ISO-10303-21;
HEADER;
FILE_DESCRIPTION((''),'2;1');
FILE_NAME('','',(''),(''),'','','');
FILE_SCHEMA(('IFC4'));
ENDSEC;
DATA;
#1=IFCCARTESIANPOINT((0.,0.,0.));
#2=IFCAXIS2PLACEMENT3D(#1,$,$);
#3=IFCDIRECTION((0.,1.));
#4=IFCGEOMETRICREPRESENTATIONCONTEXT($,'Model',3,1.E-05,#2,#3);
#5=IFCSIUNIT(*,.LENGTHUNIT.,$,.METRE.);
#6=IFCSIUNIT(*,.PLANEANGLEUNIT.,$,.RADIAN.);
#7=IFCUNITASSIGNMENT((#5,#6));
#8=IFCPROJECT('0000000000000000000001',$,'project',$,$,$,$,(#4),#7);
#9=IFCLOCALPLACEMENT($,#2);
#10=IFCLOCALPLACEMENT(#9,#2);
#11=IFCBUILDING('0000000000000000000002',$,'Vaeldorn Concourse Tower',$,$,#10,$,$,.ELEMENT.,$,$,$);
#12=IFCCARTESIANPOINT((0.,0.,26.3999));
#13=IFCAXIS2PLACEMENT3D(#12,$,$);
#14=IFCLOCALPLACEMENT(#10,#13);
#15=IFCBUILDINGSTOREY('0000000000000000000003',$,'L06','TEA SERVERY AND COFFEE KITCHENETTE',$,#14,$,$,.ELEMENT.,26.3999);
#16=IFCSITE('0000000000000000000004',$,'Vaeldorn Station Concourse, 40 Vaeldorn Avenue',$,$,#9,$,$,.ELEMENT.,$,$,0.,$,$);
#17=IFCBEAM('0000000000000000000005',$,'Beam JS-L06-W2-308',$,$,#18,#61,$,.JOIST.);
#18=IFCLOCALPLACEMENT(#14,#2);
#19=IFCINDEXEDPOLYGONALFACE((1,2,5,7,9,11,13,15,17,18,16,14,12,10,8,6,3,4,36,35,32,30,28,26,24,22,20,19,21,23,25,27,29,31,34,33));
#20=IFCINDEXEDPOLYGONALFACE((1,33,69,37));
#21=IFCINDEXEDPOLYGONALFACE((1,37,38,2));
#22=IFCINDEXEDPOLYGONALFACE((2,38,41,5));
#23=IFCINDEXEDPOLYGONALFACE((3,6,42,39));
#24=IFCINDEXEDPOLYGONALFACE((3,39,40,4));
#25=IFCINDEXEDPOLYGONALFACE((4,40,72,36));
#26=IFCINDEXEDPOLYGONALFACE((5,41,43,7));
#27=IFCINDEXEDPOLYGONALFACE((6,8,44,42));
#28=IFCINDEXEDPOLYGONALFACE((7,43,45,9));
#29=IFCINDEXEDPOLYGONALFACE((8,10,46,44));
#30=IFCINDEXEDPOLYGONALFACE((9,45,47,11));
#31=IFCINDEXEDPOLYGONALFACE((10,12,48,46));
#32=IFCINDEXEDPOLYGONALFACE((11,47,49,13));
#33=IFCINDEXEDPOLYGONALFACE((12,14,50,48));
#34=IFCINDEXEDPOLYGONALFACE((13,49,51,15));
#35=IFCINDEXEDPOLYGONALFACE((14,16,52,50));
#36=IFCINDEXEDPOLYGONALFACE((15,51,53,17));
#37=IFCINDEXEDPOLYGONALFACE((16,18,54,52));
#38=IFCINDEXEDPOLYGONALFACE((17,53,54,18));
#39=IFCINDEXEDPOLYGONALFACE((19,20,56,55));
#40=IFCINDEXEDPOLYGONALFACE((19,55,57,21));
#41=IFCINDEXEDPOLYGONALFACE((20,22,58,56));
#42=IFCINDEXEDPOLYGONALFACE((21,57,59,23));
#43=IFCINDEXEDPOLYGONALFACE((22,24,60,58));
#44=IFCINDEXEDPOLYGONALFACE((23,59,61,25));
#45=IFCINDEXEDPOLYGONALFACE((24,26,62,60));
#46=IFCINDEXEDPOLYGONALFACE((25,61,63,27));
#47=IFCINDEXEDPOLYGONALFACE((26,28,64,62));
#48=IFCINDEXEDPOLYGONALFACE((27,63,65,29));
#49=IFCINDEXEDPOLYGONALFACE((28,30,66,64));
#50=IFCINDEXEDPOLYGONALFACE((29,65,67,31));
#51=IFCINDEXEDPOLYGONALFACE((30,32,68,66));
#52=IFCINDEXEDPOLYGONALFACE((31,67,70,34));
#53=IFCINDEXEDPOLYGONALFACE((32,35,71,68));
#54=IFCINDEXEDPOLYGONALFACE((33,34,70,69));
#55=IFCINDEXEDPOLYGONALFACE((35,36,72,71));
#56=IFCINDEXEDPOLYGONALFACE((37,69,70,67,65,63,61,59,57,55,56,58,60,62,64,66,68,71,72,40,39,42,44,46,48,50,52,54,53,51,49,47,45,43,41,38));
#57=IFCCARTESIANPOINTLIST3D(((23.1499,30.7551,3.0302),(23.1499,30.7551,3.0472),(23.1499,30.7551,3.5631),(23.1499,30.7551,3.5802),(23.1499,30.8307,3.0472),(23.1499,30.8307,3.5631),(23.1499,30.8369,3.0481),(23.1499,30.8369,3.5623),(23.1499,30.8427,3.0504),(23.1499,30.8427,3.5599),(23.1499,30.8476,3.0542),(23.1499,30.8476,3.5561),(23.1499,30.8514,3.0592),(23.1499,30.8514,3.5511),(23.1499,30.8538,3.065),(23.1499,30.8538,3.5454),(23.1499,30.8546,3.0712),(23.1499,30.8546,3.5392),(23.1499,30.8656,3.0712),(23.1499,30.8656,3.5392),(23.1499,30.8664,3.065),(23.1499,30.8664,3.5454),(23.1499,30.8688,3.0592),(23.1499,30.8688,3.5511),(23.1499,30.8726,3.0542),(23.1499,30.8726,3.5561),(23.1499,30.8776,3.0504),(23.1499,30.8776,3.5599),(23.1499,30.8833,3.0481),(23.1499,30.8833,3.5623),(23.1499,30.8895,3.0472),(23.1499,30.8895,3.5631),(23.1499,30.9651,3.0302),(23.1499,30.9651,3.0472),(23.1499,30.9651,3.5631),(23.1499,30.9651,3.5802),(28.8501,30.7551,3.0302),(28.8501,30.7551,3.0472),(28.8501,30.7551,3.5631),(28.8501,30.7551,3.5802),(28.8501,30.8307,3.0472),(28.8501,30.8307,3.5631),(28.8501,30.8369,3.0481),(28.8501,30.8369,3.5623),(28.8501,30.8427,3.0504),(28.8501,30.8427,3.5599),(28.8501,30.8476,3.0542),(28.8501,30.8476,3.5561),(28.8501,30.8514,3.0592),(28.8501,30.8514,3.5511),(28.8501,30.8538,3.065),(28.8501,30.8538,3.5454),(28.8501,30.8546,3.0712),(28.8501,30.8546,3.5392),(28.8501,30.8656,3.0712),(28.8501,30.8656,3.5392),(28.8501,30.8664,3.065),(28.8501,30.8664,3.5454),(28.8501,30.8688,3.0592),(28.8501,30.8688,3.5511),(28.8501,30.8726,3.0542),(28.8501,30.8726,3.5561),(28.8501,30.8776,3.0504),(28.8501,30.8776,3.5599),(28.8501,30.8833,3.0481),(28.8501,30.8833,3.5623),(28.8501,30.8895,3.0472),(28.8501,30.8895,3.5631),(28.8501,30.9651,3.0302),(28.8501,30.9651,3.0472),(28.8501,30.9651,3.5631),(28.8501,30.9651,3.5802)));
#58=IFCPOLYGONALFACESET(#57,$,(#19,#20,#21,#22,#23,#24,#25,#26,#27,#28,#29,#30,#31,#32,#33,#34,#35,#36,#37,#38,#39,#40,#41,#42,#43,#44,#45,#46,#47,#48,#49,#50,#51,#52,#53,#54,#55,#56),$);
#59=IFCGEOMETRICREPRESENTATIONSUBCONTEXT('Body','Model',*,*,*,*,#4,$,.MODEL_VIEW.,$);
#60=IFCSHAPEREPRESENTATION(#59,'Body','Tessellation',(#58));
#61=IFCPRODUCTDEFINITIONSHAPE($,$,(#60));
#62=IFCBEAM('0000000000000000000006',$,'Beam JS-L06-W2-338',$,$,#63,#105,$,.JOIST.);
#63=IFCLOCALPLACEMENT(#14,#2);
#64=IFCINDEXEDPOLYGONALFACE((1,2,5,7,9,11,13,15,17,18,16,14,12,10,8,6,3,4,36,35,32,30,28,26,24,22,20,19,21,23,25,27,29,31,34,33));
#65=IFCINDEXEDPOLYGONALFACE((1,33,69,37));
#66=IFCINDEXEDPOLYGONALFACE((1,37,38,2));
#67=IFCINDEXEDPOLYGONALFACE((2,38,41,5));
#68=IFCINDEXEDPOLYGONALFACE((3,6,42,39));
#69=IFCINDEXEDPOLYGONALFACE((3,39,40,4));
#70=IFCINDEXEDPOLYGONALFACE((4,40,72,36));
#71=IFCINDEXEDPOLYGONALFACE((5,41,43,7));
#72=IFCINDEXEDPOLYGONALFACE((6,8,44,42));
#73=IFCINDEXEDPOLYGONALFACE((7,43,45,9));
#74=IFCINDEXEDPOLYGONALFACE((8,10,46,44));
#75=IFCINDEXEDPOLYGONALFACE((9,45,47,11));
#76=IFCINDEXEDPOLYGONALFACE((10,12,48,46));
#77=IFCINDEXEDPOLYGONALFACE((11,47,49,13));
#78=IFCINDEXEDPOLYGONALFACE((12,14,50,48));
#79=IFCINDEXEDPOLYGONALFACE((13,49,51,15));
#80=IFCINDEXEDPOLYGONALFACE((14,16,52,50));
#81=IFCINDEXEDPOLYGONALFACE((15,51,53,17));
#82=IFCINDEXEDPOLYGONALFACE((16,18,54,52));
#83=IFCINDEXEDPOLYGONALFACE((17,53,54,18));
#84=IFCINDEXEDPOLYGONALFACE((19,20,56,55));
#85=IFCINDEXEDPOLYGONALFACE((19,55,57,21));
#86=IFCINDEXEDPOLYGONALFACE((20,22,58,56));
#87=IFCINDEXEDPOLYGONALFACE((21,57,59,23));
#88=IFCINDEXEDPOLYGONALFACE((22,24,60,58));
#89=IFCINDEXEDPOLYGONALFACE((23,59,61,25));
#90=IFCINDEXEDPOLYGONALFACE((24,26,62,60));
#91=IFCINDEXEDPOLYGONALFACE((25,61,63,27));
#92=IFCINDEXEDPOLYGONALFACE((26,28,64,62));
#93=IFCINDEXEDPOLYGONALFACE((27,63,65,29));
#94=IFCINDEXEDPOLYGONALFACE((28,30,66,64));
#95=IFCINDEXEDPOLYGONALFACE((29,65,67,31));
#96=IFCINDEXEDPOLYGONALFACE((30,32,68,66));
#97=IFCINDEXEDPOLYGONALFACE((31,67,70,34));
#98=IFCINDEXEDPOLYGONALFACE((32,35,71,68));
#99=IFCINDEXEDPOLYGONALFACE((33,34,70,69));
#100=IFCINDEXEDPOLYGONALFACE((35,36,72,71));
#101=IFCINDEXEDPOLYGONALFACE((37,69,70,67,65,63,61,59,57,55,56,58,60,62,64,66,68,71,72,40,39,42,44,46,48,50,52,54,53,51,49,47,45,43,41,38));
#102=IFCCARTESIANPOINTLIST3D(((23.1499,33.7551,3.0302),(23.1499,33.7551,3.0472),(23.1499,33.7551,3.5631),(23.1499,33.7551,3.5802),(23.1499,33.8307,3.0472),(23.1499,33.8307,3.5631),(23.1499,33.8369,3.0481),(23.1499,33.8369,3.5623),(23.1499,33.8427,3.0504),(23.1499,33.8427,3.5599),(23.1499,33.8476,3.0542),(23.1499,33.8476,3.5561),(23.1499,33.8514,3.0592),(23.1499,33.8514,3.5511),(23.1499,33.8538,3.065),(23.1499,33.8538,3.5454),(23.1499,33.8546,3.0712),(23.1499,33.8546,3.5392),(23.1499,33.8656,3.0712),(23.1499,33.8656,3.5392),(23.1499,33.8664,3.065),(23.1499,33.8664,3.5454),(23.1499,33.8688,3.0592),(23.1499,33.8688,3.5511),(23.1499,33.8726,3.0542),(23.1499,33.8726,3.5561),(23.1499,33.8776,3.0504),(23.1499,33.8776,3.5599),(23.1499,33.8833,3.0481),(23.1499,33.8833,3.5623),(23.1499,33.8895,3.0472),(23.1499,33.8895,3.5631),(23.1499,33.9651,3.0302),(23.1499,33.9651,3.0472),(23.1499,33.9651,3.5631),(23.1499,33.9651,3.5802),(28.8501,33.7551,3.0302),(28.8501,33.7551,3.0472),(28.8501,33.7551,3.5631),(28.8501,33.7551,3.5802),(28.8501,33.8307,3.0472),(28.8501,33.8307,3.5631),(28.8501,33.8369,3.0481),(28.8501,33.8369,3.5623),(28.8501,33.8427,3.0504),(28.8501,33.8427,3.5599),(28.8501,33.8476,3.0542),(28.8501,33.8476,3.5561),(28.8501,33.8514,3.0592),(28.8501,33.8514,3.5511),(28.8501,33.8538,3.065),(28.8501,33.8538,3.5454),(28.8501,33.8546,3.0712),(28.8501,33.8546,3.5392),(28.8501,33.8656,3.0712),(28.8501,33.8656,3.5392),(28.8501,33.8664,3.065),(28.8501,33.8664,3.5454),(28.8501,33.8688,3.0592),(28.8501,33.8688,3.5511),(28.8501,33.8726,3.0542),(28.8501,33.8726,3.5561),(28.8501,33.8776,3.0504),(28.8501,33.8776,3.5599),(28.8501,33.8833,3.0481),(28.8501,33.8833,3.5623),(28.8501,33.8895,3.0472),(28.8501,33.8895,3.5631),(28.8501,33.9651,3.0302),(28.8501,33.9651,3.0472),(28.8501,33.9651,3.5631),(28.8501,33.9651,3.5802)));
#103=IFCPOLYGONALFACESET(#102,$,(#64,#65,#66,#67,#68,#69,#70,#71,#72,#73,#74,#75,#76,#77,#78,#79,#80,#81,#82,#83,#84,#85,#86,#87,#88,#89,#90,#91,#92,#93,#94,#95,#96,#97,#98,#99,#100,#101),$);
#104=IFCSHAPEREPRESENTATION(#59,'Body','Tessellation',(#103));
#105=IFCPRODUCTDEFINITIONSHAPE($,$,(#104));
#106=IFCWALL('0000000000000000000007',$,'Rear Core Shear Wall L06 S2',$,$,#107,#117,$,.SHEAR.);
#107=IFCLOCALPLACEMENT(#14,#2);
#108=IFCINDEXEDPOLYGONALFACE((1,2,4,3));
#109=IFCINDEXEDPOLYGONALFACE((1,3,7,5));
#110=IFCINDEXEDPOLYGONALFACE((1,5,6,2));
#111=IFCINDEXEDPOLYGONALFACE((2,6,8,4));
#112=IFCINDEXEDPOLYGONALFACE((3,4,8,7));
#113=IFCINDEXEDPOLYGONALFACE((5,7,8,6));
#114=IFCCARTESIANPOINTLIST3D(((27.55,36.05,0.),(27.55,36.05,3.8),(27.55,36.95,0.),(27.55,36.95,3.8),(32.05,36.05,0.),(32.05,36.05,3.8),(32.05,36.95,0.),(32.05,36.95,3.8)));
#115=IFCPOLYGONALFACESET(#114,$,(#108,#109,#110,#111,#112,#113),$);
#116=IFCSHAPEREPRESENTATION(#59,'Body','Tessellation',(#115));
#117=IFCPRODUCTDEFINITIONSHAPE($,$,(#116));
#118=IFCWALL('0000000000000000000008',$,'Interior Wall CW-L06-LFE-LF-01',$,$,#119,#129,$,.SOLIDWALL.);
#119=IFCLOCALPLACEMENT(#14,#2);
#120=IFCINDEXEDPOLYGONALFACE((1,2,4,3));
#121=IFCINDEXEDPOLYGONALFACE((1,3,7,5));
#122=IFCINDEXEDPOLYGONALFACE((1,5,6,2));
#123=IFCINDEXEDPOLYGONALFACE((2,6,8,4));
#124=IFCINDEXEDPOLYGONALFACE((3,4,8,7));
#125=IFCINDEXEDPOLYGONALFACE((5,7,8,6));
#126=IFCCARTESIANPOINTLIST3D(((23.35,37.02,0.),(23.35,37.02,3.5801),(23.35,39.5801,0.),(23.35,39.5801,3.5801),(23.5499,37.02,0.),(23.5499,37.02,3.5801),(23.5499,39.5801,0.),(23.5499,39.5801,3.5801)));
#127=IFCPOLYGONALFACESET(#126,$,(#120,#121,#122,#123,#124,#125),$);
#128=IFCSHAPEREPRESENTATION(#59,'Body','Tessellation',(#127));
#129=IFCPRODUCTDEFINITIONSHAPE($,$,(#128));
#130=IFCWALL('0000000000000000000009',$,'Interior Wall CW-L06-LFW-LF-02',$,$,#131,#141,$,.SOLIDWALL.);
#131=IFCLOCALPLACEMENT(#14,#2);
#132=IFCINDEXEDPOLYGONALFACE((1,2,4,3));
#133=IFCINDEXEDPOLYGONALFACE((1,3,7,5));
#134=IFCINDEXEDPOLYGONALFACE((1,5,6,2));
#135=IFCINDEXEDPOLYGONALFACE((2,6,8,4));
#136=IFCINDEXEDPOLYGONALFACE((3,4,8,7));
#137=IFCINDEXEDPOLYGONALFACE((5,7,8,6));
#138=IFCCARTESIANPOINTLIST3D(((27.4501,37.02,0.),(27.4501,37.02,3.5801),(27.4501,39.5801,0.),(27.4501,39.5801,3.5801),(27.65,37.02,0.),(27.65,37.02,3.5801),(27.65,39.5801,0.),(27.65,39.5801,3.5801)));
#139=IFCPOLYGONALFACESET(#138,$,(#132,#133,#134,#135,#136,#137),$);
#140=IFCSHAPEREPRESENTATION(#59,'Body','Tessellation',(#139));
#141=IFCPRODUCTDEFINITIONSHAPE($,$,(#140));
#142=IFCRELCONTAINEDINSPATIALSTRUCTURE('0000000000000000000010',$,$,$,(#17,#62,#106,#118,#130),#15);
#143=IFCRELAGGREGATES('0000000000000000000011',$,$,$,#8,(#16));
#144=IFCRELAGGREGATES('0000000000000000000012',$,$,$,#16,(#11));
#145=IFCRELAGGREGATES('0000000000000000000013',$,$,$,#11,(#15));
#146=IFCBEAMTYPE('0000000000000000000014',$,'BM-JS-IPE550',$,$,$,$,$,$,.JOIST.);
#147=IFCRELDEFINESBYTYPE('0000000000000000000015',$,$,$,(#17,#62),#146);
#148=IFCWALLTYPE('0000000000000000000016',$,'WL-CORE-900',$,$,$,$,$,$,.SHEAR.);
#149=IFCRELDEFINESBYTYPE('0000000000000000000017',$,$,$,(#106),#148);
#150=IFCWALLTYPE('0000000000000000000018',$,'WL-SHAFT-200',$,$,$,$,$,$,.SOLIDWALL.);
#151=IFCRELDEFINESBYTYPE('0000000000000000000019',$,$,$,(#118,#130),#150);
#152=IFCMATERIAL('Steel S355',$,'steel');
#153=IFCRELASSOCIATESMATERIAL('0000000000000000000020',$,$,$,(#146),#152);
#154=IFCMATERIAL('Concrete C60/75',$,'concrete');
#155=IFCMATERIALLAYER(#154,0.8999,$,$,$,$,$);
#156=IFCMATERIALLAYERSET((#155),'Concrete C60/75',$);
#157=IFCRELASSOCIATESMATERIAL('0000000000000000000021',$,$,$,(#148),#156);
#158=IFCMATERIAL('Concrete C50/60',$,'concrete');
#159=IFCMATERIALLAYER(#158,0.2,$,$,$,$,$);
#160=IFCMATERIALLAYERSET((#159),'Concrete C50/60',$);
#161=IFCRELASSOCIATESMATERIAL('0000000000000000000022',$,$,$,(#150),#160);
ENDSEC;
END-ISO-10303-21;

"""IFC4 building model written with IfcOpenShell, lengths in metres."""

from ifc_helpers import new_model, si_unit, direction, frame, frame_2d, origin, origin_2d, place, context, subcontext, project, spatial, rectangle, i_section, extrude, source, transform, mapped, material, layer, layer_set, material_profile, profile_set, type_object, element, save


model = new_model("IFC4")

# Units and contexts
model_context = context("Model", 3, precision=1e-05, world=origin(), true_north=direction((0.0, 1.0)))
body_context = subcontext(model_context, "Body", "Model", "MODEL_VIEW")
ifc_project = project(units=[si_unit("LENGTHUNIT", "METRE"), si_unit("PLANEANGLEUNIT", "RADIAN")], contexts=[model_context])

# Site, building, storey
site_placement = place(None, origin())
site = spatial("IfcSite", under=ifc_project, at=site_placement, Name="Vaeldorn Station Concourse, 40 Vaeldorn Avenue", CompositionType="ELEMENT", RefElevation=0.0)
building_placement = place(site_placement, origin())
building = spatial("IfcBuilding", under=site, at=building_placement, Name="Vaeldorn Concourse Tower", CompositionType="ELEMENT")
storey_placement = place(building_placement, frame((0.0, 0.0, 26.3999)))
storey = spatial("IfcBuildingStorey", under=building, at=storey_placement, Name="L06", Description="TEA SERVERY AND COFFEE KITCHENETTE", CompositionType="ELEMENT", Elevation=26.3999)

# Beams
ifc_material_1 = material(Name="Steel S355", Category="steel")
ifc_material_profile_1 = material_profile(ifc_material_1, i_section(OverallWidth=0.21, OverallDepth=0.55, WebThickness=0.011, FlangeThickness=0.0171, FilletRadius=0.0239, at=origin_2d()), Name="IPE 550")
ifc_profile_set_1 = profile_set([ifc_material_profile_1], Name="Steel S355")
beam_type_1 = type_object("IfcBeamType", Name="BM-JS-IPE550", PredefinedType="JOIST", material=ifc_profile_set_1)
shared_shape_1 = source(origin(), body_context, "Body", "SweptSolid", [
    extrude(i_section(OverallWidth=0.21, OverallDepth=0.55, WebThickness=0.011, FlangeThickness=0.0171, FilletRadius=0.0239, at=origin_2d()), origin(), (0.0, 0.0, 1.0), 5.7002),
])
for number, where, z_axis, x_axis, name in (
    (1, (23.1499, 30.8601, 3.3052), (1.0, 0.0, 0.0), (0.0, 1.0, 0.0), "Beam JS-L06-W2-308"),
    (2, (23.1499, 33.8601, 3.3052), (1.0, 0.0, 0.0), (0.0, 1.0, 0.0), "Beam JS-L06-W2-338"),
):
    element("IfcBeam", number, at=place(storey_placement, frame(where, z_axis=z_axis, x_axis=x_axis)), inside=storey, type_object=beam_type_1, Name=name, PredefinedType="JOIST", context=body_context, shape_type="MappedRepresentation", body=[
        mapped(shared_shape_1, transform((0.0, 0.0, 0.0), scale=1.0)),
    ])

# Walls
ifc_material_2 = material(Name="Concrete C60/75", Category="concrete")
ifc_layer_1 = layer(ifc_material_2, 0.8999)
ifc_layer_set_1 = layer_set([ifc_layer_1], Name="Concrete C60/75")
wall_type_1 = type_object("IfcWallType", Name="WL-CORE-900", PredefinedType="SHEAR", material=ifc_layer_set_1)
wall_1_placement = place(storey_placement, frame((27.55, 36.5, 0.0), z_axis=(0.0, 0.0, 1.0), x_axis=(1.0, 0.0, 0.0)))
element("IfcWall", 3, at=wall_1_placement, inside=storey, type_object=wall_type_1, Name="Rear Core Shear Wall L06 S2", PredefinedType="SHEAR", context=body_context, shape_type="SweptSolid", body=[
    extrude(rectangle(XDim=4.5, YDim=0.8999, at=frame_2d((2.25, 0.0))), origin(), (0.0, 0.0, 1.0), 3.8),
])
ifc_material_3 = material(Name="Concrete C50/60", Category="concrete")
ifc_layer_2 = layer(ifc_material_3, 0.2)
ifc_layer_set_2 = layer_set([ifc_layer_2], Name="Concrete C50/60")
wall_type_2 = type_object("IfcWallType", Name="WL-SHAFT-200", PredefinedType="SOLIDWALL", material=ifc_layer_set_2)
wall_2_placement = place(storey_placement, frame((23.45, 37.02, 0.0), z_axis=(0.0, 0.0, 1.0), x_axis=(0.0, 1.0, 0.0)))
element("IfcWall", 4, at=wall_2_placement, inside=storey, type_object=wall_type_2, Name="Interior Wall CW-L06-LFE-LF-01", PredefinedType="SOLIDWALL", context=body_context, shape_type="SweptSolid", body=[
    extrude(rectangle(XDim=2.5601, YDim=0.2, at=frame_2d((1.28, 0.0))), origin(), (0.0, 0.0, 1.0), 3.5801),
])

# Wall
wall_3_placement = place(storey_placement, frame((27.55, 37.02, 0.0), z_axis=(0.0, 0.0, 1.0), x_axis=(0.0, 1.0, 0.0)))
element("IfcWall", 5, at=wall_3_placement, inside=storey, type_object=wall_type_2, Name="Interior Wall CW-L06-LFW-LF-02", PredefinedType="SOLIDWALL", context=body_context, shape_type="SweptSolid", body=[
    extrude(rectangle(XDim=2.5601, YDim=0.2, at=frame_2d((1.28, 0.0))), origin(), (0.0, 0.0, 1.0), 3.5801),
])

save(model, "model.ifc")
